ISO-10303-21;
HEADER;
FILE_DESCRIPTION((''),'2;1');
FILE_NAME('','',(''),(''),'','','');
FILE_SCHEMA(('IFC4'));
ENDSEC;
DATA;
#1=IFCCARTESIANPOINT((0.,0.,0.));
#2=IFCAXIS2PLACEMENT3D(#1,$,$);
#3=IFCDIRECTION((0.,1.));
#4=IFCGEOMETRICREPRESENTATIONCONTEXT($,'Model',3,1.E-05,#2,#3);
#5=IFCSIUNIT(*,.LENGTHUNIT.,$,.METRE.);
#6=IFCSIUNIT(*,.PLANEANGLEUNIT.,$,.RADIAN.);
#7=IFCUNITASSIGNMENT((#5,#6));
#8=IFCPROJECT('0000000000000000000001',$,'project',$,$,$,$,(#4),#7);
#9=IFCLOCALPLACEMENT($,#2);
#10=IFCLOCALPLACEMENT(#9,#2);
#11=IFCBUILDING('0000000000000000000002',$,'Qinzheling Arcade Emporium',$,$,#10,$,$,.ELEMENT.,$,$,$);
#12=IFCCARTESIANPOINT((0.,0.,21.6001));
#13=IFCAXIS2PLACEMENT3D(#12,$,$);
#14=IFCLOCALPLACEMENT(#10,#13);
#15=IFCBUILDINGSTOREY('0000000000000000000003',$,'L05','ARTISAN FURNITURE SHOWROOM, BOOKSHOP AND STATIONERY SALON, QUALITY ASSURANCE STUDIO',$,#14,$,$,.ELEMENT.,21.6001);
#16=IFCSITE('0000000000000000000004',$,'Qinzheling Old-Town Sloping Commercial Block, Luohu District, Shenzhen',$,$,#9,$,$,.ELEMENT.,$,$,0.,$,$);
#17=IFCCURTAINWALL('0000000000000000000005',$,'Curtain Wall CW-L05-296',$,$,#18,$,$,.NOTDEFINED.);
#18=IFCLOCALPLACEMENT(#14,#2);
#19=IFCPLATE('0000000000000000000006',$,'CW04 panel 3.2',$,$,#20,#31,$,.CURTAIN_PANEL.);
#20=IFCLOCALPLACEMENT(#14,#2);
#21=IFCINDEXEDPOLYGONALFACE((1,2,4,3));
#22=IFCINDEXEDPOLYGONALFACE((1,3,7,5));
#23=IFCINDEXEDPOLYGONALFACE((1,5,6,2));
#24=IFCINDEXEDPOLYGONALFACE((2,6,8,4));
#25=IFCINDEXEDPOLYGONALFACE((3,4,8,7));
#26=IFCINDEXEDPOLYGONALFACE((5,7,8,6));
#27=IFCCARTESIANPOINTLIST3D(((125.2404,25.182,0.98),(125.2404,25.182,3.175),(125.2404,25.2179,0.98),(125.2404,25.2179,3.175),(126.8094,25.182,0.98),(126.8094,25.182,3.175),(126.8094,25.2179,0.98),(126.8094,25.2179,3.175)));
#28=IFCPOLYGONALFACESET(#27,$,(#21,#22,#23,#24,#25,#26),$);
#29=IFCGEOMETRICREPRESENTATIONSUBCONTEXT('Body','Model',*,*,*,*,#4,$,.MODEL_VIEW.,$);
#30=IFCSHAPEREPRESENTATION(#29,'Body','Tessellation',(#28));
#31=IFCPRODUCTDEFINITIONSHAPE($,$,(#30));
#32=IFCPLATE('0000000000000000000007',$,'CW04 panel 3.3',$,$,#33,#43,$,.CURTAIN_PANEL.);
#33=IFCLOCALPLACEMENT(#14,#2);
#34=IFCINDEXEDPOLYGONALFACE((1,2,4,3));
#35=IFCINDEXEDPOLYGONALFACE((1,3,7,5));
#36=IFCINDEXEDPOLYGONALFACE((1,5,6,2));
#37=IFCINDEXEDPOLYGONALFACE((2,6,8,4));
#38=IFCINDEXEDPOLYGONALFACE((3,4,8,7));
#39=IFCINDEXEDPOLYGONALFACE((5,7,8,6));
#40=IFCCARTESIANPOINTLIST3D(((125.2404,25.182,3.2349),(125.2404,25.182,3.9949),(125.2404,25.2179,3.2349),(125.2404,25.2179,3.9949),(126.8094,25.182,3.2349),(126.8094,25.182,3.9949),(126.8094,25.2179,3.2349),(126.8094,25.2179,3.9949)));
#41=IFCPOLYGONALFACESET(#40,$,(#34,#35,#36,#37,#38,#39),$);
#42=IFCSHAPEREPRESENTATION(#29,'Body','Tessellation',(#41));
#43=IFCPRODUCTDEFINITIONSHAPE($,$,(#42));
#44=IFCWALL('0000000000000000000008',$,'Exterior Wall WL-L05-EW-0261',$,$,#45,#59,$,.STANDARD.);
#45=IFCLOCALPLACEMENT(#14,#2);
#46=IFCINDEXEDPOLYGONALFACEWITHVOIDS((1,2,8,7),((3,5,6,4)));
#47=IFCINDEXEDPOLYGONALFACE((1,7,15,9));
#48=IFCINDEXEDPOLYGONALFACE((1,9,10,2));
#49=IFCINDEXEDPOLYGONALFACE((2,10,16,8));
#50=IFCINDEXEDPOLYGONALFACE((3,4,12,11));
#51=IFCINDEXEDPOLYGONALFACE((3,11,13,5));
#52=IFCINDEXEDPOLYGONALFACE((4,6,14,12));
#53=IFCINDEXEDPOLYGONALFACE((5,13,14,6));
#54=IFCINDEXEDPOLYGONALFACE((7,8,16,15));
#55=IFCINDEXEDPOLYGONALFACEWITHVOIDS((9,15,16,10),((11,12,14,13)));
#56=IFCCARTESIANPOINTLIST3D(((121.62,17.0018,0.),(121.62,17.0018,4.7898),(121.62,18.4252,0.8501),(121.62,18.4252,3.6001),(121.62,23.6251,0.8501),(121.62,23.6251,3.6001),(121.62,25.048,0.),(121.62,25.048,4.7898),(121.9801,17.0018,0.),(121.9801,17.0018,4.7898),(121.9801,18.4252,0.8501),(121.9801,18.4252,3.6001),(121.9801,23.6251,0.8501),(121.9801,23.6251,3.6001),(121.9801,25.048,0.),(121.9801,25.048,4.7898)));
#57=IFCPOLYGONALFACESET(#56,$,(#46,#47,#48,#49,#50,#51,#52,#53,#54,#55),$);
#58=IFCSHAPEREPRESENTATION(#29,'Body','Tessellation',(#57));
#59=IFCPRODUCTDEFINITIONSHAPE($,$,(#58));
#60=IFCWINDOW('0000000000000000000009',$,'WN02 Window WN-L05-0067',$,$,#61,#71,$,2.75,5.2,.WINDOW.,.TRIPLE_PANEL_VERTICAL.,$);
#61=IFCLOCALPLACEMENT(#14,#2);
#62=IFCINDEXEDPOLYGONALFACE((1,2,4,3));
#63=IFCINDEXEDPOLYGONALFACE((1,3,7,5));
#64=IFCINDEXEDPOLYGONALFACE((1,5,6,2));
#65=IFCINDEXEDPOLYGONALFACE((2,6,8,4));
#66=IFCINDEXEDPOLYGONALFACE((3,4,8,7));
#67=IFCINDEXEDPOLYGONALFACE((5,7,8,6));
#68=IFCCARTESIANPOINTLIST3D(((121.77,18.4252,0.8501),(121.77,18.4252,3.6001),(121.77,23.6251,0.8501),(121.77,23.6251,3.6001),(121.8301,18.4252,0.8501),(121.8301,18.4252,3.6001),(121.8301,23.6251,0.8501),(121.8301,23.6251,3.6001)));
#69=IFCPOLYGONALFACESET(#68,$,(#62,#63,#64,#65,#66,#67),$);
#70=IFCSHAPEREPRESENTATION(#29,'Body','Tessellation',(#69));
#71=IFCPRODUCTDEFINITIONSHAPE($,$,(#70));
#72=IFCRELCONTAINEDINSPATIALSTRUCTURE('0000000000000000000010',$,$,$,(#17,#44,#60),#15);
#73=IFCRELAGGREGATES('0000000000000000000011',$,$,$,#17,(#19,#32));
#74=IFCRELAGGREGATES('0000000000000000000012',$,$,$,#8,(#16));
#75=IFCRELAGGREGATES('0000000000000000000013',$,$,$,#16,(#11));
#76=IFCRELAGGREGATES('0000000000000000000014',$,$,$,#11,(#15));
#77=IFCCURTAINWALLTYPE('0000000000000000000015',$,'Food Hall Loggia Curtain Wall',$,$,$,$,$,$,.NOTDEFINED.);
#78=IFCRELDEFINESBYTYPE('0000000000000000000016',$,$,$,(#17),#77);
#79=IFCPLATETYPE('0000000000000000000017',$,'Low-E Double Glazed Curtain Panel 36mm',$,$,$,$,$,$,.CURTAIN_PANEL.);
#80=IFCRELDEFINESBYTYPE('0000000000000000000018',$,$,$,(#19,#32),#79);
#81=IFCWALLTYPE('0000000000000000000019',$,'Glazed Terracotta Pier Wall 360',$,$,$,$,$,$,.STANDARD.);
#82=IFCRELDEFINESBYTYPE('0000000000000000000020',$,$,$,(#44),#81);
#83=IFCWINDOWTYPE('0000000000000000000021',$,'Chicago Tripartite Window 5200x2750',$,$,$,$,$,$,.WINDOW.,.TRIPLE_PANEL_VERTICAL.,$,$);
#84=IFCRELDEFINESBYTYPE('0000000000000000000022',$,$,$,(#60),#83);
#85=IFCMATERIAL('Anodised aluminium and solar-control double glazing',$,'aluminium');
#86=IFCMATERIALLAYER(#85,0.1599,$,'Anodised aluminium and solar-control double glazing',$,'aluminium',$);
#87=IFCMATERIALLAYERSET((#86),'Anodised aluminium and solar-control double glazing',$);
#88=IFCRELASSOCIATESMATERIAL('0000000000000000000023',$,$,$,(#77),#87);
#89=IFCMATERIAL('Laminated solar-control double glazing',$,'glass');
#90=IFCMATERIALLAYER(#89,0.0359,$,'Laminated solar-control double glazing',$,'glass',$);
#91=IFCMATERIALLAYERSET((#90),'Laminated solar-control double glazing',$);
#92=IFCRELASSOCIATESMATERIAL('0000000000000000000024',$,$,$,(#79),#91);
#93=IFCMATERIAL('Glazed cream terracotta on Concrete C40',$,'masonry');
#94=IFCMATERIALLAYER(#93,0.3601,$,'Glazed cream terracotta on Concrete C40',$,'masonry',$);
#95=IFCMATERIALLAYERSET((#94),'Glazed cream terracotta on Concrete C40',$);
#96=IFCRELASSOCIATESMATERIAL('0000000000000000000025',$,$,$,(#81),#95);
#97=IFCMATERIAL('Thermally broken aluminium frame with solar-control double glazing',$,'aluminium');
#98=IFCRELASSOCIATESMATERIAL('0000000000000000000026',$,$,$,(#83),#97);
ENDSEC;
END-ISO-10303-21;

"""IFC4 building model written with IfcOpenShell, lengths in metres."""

from ifc_helpers import new_model, si_unit, direction, frame, frame_2d, origin, origin_2d, place, context, subcontext, project, spatial, rectangle, extrude, material, layer, layer_set, type_object, element, fill, aggregate, save


model = new_model("IFC4")

# Units and contexts
model_context = context("Model", 3, precision=1e-05, world=origin(), true_north=direction((0.0, 1.0)))
body_context = subcontext(model_context, "Body", "Model", "MODEL_VIEW")
ifc_project = project(units=[si_unit("LENGTHUNIT", "METRE"), si_unit("PLANEANGLEUNIT", "RADIAN")], contexts=[model_context])

# Site, building, storey
site_placement = place(None, origin())
site = spatial("IfcSite", under=ifc_project, at=site_placement, Name="Qinzheling Old-Town Sloping Commercial Block, Luohu District, Shenzhen", CompositionType="ELEMENT", RefElevation=0.0)
building_placement = place(site_placement, origin())
building = spatial("IfcBuilding", under=site, at=building_placement, Name="Qinzheling Arcade Emporium", CompositionType="ELEMENT")
storey_placement = place(building_placement, frame((0.0, 0.0, 21.6001)))
storey = spatial("IfcBuildingStorey", under=building, at=storey_placement, Name="L05", Description="ARTISAN FURNITURE SHOWROOM, BOOKSHOP AND STATIONERY SALON, QUALITY ASSURANCE STUDIO", CompositionType="ELEMENT", Elevation=21.6001)

# Curtain wall
ifc_material_1 = material(Name="Anodised aluminium and solar-control double glazing", Category="aluminium")
ifc_layer_1 = layer(ifc_material_1, 0.1599, Name="Anodised aluminium and solar-control double glazing", Category="aluminium")
ifc_layer_set_1 = layer_set([ifc_layer_1], Name="Anodised aluminium and solar-control double glazing")
curtain_wall_type = type_object("IfcCurtainWallType", Name="Food Hall Loggia Curtain Wall", PredefinedType="NOTDEFINED", material=ifc_layer_set_1)
curtain_wall_placement = place(storey_placement, origin())
curtain_wall = element("IfcCurtainWall", 1, at=curtain_wall_placement, inside=storey, type_object=curtain_wall_type, Name="Curtain Wall CW-L05-296", PredefinedType="NOTDEFINED")

# Plates
ifc_material_2 = material(Name="Laminated solar-control double glazing", Category="glass")
ifc_layer_2 = layer(ifc_material_2, 0.0359, Name="Laminated solar-control double glazing", Category="glass")
ifc_layer_set_2 = layer_set([ifc_layer_2], Name="Laminated solar-control double glazing")
plate_type = type_object("IfcPlateType", Name="Low-E Double Glazed Curtain Panel 36mm", PredefinedType="CURTAIN_PANEL", material=ifc_layer_set_2)
plate_1_placement = place(storey_placement, frame((126.0249, 25.2, 0.98), z_axis=(0.0, 0.0, 1.0), x_axis=(1.0, 0.0, 0.0)))
plate_1 = element("IfcPlate", 2, at=plate_1_placement, type_object=plate_type, Name="CW04 panel 3.2", PredefinedType="CURTAIN_PANEL", context=body_context, shape_type="SweptSolid", body=[
    extrude(rectangle(XDim=1.5691, YDim=0.0359, at=origin_2d()), origin(), (0.0, 0.0, 1.0), 2.1951),
])
plate_2_placement = place(storey_placement, frame((126.0249, 25.2, 3.2349), z_axis=(0.0, 0.0, 1.0), x_axis=(1.0, 0.0, 0.0)))
plate_2 = element("IfcPlate", 3, at=plate_2_placement, type_object=plate_type, Name="CW04 panel 3.3", PredefinedType="CURTAIN_PANEL", context=body_context, shape_type="SweptSolid", body=[
    extrude(rectangle(XDim=1.5691, YDim=0.0359, at=origin_2d()), origin(), (0.0, 0.0, 1.0), 0.76),
])
aggregate(curtain_wall, [plate_1, plate_2])

# Wall, opening, window
ifc_material_3 = material(Name="Glazed cream terracotta on Concrete C40", Category="masonry")
ifc_layer_3 = layer(ifc_material_3, 0.3601, Name="Glazed cream terracotta on Concrete C40", Category="masonry")
ifc_layer_set_3 = layer_set([ifc_layer_3], Name="Glazed cream terracotta on Concrete C40")
wall_type = type_object("IfcWallType", Name="Glazed Terracotta Pier Wall 360", PredefinedType="STANDARD", material=ifc_layer_set_3)
wall_placement = place(storey_placement, frame((121.8, 17.002, 0.0), z_axis=(0.0, 0.0, 1.0), x_axis=(0.0, 1.0, 0.0)))
wall = element("IfcWall", 4, at=wall_placement, inside=storey, type_object=wall_type, Name="Exterior Wall WL-L05-EW-0261", PredefinedType="STANDARD", context=body_context, shape_type="SweptSolid", body=[
    extrude(rectangle(XDim=8.0461, YDim=0.3601, at=frame_2d((4.0229, 0.0))), origin(), (0.0, 0.0, 1.0), 4.7898),
])
opening_placement = place(wall_placement, frame((1.4231, 0.0, 0.8501)))
opening = element("IfcOpeningElement", 5, at=opening_placement, cuts=wall, PredefinedType="OPENING", context=body_context, shape_type="SweptSolid", body=[
    extrude(rectangle(XDim=5.2, YDim=2.75, at=frame_2d((2.6001, 1.375))), frame((0.0, 0.1899, 0.0), z_axis=(0.0, -1.0, 0.0), x_axis=(1.0, 0.0, 0.0)), (0.0, 0.0, 1.0), 0.3801),
])
ifc_material_4 = material(Name="Thermally broken aluminium frame with solar-control double glazing", Category="aluminium")
window_type = type_object("IfcWindowType", Name="Chicago Tripartite Window 5200x2750", PartitioningType="TRIPLE_PANEL_VERTICAL", PredefinedType="WINDOW", material=ifc_material_4)
window_placement = place(opening_placement, origin())
window = element("IfcWindow", 6, at=window_placement, inside=storey, type_object=window_type, Name="WN02 Window WN-L05-0067", OverallHeight=2.75, OverallWidth=5.2, PartitioningType="TRIPLE_PANEL_VERTICAL", PredefinedType="WINDOW", context=body_context, shape_type="SweptSolid", body=[
    extrude(rectangle(XDim=5.2, YDim=2.75, at=frame_2d((2.6001, 1.375))), frame((0.0, 0.03, 0.0), z_axis=(0.0, -1.0, 0.0), x_axis=(1.0, 0.0, 0.0)), (0.0, 0.0, 1.0), 0.0601),
])
fill(opening, window)

save(model, "model.ifc")
